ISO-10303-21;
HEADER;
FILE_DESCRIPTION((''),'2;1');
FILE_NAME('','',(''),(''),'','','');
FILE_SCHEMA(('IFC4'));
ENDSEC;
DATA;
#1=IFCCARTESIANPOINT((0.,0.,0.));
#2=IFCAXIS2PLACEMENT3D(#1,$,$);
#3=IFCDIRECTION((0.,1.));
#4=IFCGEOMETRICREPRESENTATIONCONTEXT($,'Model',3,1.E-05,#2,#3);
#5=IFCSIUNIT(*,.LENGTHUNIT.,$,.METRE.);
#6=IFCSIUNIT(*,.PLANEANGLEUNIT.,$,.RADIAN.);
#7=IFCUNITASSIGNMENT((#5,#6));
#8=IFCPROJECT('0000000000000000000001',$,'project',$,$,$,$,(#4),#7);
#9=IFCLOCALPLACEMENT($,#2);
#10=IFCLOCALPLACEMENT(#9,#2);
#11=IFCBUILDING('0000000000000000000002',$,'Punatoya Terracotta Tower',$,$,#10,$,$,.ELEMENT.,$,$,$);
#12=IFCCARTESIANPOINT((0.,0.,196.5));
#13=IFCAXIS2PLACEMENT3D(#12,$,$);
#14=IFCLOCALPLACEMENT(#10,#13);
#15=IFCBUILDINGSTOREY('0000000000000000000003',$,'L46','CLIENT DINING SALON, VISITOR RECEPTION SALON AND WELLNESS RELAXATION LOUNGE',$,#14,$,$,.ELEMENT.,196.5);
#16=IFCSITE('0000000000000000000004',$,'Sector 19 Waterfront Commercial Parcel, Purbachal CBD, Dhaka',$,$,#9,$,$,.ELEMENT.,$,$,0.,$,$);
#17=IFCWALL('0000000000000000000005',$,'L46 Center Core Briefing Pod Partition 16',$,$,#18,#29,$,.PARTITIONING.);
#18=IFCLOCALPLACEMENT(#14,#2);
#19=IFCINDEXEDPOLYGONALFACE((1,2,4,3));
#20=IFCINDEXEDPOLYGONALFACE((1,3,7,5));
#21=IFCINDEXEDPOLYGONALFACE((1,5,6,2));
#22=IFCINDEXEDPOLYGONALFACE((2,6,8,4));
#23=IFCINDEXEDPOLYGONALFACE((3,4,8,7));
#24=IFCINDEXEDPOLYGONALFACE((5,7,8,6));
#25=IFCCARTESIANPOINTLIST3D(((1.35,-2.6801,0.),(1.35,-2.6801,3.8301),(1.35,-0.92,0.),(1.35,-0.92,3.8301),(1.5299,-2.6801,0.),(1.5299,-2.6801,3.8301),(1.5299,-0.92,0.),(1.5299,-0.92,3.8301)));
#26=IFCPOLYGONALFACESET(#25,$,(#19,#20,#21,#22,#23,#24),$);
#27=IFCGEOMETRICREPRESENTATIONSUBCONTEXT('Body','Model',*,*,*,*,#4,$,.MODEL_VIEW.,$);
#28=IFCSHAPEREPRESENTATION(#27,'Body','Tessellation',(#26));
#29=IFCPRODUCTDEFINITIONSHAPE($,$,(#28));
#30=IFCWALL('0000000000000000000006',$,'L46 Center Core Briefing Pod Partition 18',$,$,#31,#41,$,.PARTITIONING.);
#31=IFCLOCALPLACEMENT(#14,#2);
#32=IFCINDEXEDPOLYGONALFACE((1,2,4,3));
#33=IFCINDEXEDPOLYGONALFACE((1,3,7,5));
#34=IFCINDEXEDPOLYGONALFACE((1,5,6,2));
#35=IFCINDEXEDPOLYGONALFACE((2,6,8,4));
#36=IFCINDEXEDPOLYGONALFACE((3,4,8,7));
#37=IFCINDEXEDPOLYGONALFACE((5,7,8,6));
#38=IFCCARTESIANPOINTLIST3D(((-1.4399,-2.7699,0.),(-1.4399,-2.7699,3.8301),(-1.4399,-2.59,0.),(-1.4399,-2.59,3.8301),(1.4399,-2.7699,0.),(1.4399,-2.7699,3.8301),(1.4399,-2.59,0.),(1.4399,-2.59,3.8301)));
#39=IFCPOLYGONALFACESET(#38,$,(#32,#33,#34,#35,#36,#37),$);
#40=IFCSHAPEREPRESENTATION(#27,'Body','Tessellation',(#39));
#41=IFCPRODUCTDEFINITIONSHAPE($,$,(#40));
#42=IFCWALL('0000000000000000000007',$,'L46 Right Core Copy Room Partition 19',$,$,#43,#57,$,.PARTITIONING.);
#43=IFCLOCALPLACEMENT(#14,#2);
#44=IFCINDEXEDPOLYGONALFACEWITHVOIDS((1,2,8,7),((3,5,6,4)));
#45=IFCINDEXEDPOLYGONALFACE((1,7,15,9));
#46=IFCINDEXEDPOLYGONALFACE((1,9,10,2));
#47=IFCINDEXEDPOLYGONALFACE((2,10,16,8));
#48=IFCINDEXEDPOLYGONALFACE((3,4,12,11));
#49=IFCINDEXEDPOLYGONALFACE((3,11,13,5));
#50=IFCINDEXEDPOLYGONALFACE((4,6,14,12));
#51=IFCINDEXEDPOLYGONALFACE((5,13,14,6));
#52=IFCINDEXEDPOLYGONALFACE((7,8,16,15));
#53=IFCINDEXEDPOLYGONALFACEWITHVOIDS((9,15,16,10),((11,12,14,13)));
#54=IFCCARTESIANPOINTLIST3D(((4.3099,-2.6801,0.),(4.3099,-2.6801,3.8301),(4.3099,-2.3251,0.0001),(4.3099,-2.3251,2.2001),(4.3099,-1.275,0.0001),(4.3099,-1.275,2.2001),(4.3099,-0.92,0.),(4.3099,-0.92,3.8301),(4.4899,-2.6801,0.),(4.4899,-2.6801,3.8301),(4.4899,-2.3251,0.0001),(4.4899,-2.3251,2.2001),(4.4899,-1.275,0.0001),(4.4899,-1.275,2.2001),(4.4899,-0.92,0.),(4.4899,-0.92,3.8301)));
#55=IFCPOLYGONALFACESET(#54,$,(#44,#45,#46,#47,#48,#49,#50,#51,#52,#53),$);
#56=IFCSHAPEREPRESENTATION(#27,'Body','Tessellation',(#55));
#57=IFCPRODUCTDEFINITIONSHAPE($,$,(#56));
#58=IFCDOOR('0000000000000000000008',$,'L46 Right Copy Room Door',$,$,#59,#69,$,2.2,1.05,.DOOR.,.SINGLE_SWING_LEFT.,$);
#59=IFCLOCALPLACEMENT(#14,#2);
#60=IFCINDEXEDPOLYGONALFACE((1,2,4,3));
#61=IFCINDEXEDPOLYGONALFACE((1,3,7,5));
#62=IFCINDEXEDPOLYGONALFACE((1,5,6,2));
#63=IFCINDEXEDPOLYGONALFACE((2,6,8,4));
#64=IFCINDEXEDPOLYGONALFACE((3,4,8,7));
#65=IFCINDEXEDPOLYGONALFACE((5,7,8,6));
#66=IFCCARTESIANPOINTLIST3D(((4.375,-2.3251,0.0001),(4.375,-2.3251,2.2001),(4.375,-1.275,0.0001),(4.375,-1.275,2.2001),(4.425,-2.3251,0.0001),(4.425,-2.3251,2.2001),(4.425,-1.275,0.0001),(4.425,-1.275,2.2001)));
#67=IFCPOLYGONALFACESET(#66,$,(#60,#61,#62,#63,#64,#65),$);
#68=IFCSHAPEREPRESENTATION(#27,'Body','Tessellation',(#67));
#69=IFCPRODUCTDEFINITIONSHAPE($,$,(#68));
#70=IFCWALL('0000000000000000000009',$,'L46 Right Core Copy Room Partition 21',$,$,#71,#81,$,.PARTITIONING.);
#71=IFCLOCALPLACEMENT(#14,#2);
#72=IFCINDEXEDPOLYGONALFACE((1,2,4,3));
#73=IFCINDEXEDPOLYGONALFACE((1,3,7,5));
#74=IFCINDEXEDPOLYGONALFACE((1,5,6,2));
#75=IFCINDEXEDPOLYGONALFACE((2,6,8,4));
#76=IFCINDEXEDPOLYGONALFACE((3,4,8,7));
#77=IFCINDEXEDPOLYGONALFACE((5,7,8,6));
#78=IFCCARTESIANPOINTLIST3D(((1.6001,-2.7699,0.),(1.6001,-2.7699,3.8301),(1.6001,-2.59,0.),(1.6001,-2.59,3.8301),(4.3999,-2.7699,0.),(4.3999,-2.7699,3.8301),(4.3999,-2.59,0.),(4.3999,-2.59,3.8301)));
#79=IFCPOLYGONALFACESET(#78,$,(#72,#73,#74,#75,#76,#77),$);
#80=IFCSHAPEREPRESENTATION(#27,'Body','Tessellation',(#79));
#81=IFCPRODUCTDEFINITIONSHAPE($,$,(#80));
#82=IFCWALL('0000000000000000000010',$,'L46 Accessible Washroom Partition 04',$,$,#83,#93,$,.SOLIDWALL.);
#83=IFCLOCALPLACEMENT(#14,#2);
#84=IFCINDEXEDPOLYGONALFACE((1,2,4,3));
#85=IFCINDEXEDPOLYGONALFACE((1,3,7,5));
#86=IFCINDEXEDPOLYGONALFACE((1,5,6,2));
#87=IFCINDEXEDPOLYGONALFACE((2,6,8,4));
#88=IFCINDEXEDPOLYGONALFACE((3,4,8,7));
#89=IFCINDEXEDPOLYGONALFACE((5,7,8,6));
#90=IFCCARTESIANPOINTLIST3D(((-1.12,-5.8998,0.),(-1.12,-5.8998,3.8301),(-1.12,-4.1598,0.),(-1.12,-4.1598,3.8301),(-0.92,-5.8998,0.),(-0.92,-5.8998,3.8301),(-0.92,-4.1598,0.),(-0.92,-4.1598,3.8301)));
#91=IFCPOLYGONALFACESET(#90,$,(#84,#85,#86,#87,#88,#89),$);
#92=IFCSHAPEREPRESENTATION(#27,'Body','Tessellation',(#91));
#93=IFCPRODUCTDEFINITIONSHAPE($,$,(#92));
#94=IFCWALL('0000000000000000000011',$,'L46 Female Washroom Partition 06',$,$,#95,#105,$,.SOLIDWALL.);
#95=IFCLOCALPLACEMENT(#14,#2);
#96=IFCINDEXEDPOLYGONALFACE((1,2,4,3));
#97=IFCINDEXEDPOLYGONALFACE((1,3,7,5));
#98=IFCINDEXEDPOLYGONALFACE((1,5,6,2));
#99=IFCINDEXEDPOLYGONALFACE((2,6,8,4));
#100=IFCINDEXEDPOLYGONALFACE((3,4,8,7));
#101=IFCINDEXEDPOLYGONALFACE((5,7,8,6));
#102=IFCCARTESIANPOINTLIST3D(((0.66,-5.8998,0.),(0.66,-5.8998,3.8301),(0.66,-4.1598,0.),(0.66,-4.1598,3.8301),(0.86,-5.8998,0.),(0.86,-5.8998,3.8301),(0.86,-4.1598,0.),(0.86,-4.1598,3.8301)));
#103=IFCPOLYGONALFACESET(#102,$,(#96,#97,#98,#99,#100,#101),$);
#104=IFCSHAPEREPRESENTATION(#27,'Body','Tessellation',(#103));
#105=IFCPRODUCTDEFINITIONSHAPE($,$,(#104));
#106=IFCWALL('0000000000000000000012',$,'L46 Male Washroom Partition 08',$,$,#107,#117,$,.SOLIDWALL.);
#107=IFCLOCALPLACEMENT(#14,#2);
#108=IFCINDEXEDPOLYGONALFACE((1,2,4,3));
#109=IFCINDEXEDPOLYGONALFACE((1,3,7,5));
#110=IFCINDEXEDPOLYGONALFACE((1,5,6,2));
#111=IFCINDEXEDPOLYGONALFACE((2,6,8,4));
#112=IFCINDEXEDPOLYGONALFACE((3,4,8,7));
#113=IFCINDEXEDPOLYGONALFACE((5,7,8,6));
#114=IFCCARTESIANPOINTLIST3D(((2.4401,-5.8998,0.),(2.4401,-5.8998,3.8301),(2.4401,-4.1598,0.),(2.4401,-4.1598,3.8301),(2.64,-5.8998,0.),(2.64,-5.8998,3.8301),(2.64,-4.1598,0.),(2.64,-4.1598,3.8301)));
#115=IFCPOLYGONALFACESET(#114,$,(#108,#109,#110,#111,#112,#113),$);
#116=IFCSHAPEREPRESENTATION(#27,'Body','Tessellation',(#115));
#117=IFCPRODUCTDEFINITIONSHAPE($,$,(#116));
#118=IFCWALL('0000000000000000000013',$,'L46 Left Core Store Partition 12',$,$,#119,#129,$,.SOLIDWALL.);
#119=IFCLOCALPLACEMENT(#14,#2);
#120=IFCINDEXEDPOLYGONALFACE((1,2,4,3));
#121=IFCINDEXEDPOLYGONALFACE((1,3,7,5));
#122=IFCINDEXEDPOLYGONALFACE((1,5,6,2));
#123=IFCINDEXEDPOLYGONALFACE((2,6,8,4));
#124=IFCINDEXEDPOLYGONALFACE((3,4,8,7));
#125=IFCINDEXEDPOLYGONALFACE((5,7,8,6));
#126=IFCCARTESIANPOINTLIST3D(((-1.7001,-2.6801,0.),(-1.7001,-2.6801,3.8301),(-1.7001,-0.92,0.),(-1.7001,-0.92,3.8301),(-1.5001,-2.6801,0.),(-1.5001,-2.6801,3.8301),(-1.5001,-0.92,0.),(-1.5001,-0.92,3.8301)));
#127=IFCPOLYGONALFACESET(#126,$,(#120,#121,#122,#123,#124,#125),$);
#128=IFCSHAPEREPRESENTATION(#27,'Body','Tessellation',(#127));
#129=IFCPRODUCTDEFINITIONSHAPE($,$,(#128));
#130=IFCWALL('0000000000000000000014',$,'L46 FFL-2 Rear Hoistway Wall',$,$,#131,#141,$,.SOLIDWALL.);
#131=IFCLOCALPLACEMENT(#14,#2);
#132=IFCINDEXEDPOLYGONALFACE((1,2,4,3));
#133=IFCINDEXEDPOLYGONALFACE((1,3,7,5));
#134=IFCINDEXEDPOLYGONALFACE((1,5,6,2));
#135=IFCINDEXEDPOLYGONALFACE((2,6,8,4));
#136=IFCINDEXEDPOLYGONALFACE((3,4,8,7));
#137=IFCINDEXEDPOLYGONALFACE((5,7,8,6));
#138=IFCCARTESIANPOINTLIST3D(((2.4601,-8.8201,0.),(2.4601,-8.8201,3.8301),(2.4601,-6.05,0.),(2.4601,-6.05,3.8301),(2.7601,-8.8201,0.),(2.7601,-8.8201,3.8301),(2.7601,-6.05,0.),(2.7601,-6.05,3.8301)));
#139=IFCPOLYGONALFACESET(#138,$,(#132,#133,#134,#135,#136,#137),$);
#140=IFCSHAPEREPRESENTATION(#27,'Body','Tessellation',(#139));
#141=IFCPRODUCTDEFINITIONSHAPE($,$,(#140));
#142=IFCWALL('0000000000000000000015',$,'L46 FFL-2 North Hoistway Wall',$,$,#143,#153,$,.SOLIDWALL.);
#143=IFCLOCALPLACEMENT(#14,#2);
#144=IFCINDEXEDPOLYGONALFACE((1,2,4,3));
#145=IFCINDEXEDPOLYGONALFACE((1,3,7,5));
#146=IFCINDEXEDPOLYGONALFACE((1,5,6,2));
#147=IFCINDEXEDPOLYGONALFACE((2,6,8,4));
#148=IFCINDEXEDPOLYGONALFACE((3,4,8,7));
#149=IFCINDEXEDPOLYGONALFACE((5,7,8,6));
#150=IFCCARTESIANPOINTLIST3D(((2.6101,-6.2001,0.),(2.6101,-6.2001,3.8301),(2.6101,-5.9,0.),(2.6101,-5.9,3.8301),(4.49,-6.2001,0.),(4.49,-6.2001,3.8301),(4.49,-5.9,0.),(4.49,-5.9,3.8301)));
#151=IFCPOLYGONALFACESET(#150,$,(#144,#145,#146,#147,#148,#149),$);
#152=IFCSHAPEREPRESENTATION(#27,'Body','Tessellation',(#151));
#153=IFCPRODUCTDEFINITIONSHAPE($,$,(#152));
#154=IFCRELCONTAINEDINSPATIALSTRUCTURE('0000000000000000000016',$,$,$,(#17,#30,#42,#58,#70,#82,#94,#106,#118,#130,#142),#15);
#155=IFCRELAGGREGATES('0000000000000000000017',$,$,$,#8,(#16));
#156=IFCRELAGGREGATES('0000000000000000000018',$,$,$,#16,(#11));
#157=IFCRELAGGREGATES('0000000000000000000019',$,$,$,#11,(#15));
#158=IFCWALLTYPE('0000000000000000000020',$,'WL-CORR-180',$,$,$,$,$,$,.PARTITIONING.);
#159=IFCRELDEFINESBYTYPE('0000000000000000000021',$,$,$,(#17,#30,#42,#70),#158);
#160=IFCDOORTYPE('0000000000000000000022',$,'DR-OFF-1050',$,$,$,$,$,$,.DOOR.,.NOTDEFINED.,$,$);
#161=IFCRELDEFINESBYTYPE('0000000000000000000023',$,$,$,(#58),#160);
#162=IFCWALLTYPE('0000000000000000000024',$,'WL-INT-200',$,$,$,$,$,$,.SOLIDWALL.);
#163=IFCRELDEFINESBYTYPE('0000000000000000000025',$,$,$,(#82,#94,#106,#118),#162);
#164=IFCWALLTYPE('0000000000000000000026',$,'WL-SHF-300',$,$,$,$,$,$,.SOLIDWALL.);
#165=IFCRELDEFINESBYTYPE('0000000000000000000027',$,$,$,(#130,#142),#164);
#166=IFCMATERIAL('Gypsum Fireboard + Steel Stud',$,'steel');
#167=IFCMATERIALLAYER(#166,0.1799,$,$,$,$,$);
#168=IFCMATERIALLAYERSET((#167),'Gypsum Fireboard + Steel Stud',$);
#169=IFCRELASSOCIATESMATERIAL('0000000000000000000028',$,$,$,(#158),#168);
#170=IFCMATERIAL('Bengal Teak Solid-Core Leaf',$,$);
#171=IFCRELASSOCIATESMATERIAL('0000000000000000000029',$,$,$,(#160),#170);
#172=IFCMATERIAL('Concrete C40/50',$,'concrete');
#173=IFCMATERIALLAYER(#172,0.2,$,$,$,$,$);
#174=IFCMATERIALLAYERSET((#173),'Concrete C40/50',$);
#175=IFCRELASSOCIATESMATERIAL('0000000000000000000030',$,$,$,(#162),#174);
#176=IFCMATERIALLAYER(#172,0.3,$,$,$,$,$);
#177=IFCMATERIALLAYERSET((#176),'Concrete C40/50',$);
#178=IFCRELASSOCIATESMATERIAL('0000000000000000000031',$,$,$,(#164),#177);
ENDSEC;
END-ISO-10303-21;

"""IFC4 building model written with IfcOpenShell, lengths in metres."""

from ifc_helpers import new_model, si_unit, direction, frame, frame_2d, origin, place, context, subcontext, project, spatial, rectangle, extrude, material, layer, layer_set, type_object, element, fill, save


model = new_model("IFC4")

# Units and contexts
model_context = context("Model", 3, precision=1e-05, world=origin(), true_north=direction((0.0, 1.0)))
body_context = subcontext(model_context, "Body", "Model", "MODEL_VIEW")
ifc_project = project(units=[si_unit("LENGTHUNIT", "METRE"), si_unit("PLANEANGLEUNIT", "RADIAN")], contexts=[model_context])

# Site, building, storey
site_placement = place(None, origin())
site = spatial("IfcSite", under=ifc_project, at=site_placement, Name="Sector 19 Waterfront Commercial Parcel, Purbachal CBD, Dhaka", CompositionType="ELEMENT", RefElevation=0.0)
building_placement = place(site_placement, origin())
building = spatial("IfcBuilding", under=site, at=building_placement, Name="Punatoya Terracotta Tower", CompositionType="ELEMENT")
storey_placement = place(building_placement, frame((0.0, 0.0, 196.5)))
storey = spatial("IfcBuildingStorey", under=building, at=storey_placement, Name="L46", Description="CLIENT DINING SALON, VISITOR RECEPTION SALON AND WELLNESS RELAXATION LOUNGE", CompositionType="ELEMENT", Elevation=196.5)

# Walls
ifc_material_1 = material(Name="Gypsum Fireboard + Steel Stud", Category="steel")
ifc_layer_1 = layer(ifc_material_1, 0.1799)
ifc_layer_set_1 = layer_set([ifc_layer_1], Name="Gypsum Fireboard + Steel Stud")
wall_type_1 = type_object("IfcWallType", Name="WL-CORR-180", PredefinedType="PARTITIONING", material=ifc_layer_set_1)
wall_1_placement = place(storey_placement, frame((1.4399, -2.6799, 0.0), z_axis=(0.0, 0.0, 1.0), x_axis=(0.0, 1.0, 0.0)))
element("IfcWall", 1, at=wall_1_placement, inside=storey, type_object=wall_type_1, Name="L46 Center Core Briefing Pod Partition 16", PredefinedType="PARTITIONING", context=body_context, shape_type="SweptSolid", body=[
    extrude(rectangle(XDim=1.76, YDim=0.1799, at=frame_2d((0.8799, 0.0))), origin(), (0.0, 0.0, 1.0), 3.8301),
])
wall_2_placement = place(storey_placement, frame((-1.4399, -2.6799, 0.0), z_axis=(0.0, 0.0, 1.0), x_axis=(1.0, 0.0, 0.0)))
element("IfcWall", 2, at=wall_2_placement, inside=storey, type_object=wall_type_1, Name="L46 Center Core Briefing Pod Partition 18", PredefinedType="PARTITIONING", context=body_context, shape_type="SweptSolid", body=[
    extrude(rectangle(XDim=2.8799, YDim=0.1799, at=frame_2d((1.4399, 0.0))), origin(), (0.0, 0.0, 1.0), 3.8301),
])

# Wall, opening, door
wall_3_placement = place(storey_placement, frame((4.3999, -2.6799, 0.0), z_axis=(0.0, 0.0, 1.0), x_axis=(0.0, 1.0, 0.0)))
wall_3 = element("IfcWall", 3, at=wall_3_placement, inside=storey, type_object=wall_type_1, Name="L46 Right Core Copy Room Partition 19", PredefinedType="PARTITIONING", context=body_context, shape_type="SweptSolid", body=[
    extrude(rectangle(XDim=1.76, YDim=0.1799, at=frame_2d((0.8799, 0.0))), origin(), (0.0, 0.0, 1.0), 3.8301),
])
opening_1_placement = place(wall_3_placement, frame((0.355, 0.0, 0.0)))
opening_1 = element("IfcOpeningElement", 4, at=opening_1_placement, cuts=wall_3, PredefinedType="OPENING", context=body_context, shape_type="SweptSolid", body=[
    extrude(rectangle(XDim=1.05, YDim=2.2, at=frame_2d((0.5249, 1.1001))), frame((0.0, 0.0999, 0.0), z_axis=(0.0, -1.0, 0.0), x_axis=(1.0, 0.0, 0.0)), (0.0, 0.0, 1.0), 0.2),
])
ifc_material_2 = material(Name="Bengal Teak Solid-Core Leaf")
door_type_1 = type_object("IfcDoorType", Name="DR-OFF-1050", OperationType="NOTDEFINED", PredefinedType="DOOR", material=ifc_material_2)
door_1_placement = place(opening_1_placement, origin())
door_1 = element("IfcDoor", 5, at=door_1_placement, inside=storey, type_object=door_type_1, Name="L46 Right Copy Room Door", OperationType="SINGLE_SWING_LEFT", OverallHeight=2.2, OverallWidth=1.05, PredefinedType="DOOR", context=body_context, shape_type="SweptSolid", body=[
    extrude(rectangle(XDim=1.05, YDim=2.2, at=frame_2d((0.5249, 1.1001))), frame((0.0, 0.0249, 0.0), z_axis=(0.0, -1.0, 0.0), x_axis=(1.0, 0.0, 0.0)), (0.0, 0.0, 1.0), 0.05),
])
fill(opening_1, door_1)

# Walls
wall_4_placement = place(storey_placement, frame((1.6001, -2.6799, 0.0), z_axis=(0.0, 0.0, 1.0), x_axis=(1.0, 0.0, 0.0)))
element("IfcWall", 6, at=wall_4_placement, inside=storey, type_object=wall_type_1, Name="L46 Right Core Copy Room Partition 21", PredefinedType="PARTITIONING", context=body_context, shape_type="SweptSolid", body=[
    extrude(rectangle(XDim=2.7998, YDim=0.1799, at=frame_2d((1.3999, 0.0))), origin(), (0.0, 0.0, 1.0), 3.8301),
])
ifc_material_3 = material(Name="Concrete C40/50", Category="concrete")
ifc_layer_2 = layer(ifc_material_3, 0.2)
ifc_layer_set_2 = layer_set([ifc_layer_2], Name="Concrete C40/50")
wall_type_2 = type_object("IfcWallType", Name="WL-INT-200", PredefinedType="SOLIDWALL", material=ifc_layer_set_2)
wall_5_placement = place(storey_placement, frame((-1.02, -5.8999, 0.0), z_axis=(0.0, 0.0, 1.0), x_axis=(0.0, 1.0, 0.0)))
element("IfcWall", 7, at=wall_5_placement, inside=storey, type_object=wall_type_2, Name="L46 Accessible Washroom Partition 04", PredefinedType="SOLIDWALL", context=body_context, shape_type="SweptSolid", body=[
    extrude(rectangle(XDim=1.74, YDim=0.2, at=frame_2d((0.8701, 0.0))), origin(), (0.0, 0.0, 1.0), 3.8301),
])

# Wall
wall_6_placement = place(storey_placement, frame((0.76, -5.8999, 0.0), z_axis=(0.0, 0.0, 1.0), x_axis=(0.0, 1.0, 0.0)))
element("IfcWall", 8, at=wall_6_placement, inside=storey, type_object=wall_type_2, Name="L46 Female Washroom Partition 06", PredefinedType="SOLIDWALL", context=body_context, shape_type="SweptSolid", body=[
    extrude(rectangle(XDim=1.74, YDim=0.2, at=frame_2d((0.8701, 0.0))), origin(), (0.0, 0.0, 1.0), 3.8301),
])

# Wall
wall_7_placement = place(storey_placement, frame((2.54, -5.8999, 0.0), z_axis=(0.0, 0.0, 1.0), x_axis=(0.0, 1.0, 0.0)))
element("IfcWall", 9, at=wall_7_placement, inside=storey, type_object=wall_type_2, Name="L46 Male Washroom Partition 08", PredefinedType="SOLIDWALL", context=body_context, shape_type="SweptSolid", body=[
    extrude(rectangle(XDim=1.74, YDim=0.2, at=frame_2d((0.8701, 0.0))), origin(), (0.0, 0.0, 1.0), 3.8301),
])

# Walls
wall_8_placement = place(storey_placement, frame((-1.6001, -2.6799, 0.0), z_axis=(0.0, 0.0, 1.0), x_axis=(0.0, 1.0, 0.0)))
element("IfcWall", 10, at=wall_8_placement, inside=storey, type_object=wall_type_2, Name="L46 Left Core Store Partition 12", PredefinedType="SOLIDWALL", context=body_context, shape_type="SweptSolid", body=[
    extrude(rectangle(XDim=1.76, YDim=0.2, at=frame_2d((0.8799, 0.0))), origin(), (0.0, 0.0, 1.0), 3.8301),
])
ifc_layer_3 = layer(ifc_material_3, 0.3)
ifc_layer_set_3 = layer_set([ifc_layer_3], Name="Concrete C40/50")
wall_type_3 = type_object("IfcWallType", Name="WL-SHF-300", PredefinedType="SOLIDWALL", material=ifc_layer_set_3)
wall_9_placement = place(storey_placement, frame((2.6101, -8.8201, 0.0), z_axis=(0.0, 0.0, 1.0), x_axis=(0.0, 1.0, 0.0)))
element("IfcWall", 11, at=wall_9_placement, inside=storey, type_object=wall_type_3, Name="L46 FFL-2 Rear Hoistway Wall", PredefinedType="SOLIDWALL", context=body_context, shape_type="SweptSolid", body=[
    extrude(rectangle(XDim=2.77, YDim=0.3, at=frame_2d((1.385, 0.0))), origin(), (0.0, 0.0, 1.0), 3.8301),
])
wall_10_placement = place(storey_placement, frame((2.6101, -6.05, 0.0), z_axis=(0.0, 0.0, 1.0), x_axis=(1.0, 0.0, 0.0)))
element("IfcWall", 12, at=wall_10_placement, inside=storey, type_object=wall_type_3, Name="L46 FFL-2 North Hoistway Wall", PredefinedType="SOLIDWALL", context=body_context, shape_type="SweptSolid", body=[
    extrude(rectangle(XDim=1.8799, YDim=0.3, at=frame_2d((0.9399, 0.0))), origin(), (0.0, 0.0, 1.0), 3.8301),
])

save(model, "model.ifc")
